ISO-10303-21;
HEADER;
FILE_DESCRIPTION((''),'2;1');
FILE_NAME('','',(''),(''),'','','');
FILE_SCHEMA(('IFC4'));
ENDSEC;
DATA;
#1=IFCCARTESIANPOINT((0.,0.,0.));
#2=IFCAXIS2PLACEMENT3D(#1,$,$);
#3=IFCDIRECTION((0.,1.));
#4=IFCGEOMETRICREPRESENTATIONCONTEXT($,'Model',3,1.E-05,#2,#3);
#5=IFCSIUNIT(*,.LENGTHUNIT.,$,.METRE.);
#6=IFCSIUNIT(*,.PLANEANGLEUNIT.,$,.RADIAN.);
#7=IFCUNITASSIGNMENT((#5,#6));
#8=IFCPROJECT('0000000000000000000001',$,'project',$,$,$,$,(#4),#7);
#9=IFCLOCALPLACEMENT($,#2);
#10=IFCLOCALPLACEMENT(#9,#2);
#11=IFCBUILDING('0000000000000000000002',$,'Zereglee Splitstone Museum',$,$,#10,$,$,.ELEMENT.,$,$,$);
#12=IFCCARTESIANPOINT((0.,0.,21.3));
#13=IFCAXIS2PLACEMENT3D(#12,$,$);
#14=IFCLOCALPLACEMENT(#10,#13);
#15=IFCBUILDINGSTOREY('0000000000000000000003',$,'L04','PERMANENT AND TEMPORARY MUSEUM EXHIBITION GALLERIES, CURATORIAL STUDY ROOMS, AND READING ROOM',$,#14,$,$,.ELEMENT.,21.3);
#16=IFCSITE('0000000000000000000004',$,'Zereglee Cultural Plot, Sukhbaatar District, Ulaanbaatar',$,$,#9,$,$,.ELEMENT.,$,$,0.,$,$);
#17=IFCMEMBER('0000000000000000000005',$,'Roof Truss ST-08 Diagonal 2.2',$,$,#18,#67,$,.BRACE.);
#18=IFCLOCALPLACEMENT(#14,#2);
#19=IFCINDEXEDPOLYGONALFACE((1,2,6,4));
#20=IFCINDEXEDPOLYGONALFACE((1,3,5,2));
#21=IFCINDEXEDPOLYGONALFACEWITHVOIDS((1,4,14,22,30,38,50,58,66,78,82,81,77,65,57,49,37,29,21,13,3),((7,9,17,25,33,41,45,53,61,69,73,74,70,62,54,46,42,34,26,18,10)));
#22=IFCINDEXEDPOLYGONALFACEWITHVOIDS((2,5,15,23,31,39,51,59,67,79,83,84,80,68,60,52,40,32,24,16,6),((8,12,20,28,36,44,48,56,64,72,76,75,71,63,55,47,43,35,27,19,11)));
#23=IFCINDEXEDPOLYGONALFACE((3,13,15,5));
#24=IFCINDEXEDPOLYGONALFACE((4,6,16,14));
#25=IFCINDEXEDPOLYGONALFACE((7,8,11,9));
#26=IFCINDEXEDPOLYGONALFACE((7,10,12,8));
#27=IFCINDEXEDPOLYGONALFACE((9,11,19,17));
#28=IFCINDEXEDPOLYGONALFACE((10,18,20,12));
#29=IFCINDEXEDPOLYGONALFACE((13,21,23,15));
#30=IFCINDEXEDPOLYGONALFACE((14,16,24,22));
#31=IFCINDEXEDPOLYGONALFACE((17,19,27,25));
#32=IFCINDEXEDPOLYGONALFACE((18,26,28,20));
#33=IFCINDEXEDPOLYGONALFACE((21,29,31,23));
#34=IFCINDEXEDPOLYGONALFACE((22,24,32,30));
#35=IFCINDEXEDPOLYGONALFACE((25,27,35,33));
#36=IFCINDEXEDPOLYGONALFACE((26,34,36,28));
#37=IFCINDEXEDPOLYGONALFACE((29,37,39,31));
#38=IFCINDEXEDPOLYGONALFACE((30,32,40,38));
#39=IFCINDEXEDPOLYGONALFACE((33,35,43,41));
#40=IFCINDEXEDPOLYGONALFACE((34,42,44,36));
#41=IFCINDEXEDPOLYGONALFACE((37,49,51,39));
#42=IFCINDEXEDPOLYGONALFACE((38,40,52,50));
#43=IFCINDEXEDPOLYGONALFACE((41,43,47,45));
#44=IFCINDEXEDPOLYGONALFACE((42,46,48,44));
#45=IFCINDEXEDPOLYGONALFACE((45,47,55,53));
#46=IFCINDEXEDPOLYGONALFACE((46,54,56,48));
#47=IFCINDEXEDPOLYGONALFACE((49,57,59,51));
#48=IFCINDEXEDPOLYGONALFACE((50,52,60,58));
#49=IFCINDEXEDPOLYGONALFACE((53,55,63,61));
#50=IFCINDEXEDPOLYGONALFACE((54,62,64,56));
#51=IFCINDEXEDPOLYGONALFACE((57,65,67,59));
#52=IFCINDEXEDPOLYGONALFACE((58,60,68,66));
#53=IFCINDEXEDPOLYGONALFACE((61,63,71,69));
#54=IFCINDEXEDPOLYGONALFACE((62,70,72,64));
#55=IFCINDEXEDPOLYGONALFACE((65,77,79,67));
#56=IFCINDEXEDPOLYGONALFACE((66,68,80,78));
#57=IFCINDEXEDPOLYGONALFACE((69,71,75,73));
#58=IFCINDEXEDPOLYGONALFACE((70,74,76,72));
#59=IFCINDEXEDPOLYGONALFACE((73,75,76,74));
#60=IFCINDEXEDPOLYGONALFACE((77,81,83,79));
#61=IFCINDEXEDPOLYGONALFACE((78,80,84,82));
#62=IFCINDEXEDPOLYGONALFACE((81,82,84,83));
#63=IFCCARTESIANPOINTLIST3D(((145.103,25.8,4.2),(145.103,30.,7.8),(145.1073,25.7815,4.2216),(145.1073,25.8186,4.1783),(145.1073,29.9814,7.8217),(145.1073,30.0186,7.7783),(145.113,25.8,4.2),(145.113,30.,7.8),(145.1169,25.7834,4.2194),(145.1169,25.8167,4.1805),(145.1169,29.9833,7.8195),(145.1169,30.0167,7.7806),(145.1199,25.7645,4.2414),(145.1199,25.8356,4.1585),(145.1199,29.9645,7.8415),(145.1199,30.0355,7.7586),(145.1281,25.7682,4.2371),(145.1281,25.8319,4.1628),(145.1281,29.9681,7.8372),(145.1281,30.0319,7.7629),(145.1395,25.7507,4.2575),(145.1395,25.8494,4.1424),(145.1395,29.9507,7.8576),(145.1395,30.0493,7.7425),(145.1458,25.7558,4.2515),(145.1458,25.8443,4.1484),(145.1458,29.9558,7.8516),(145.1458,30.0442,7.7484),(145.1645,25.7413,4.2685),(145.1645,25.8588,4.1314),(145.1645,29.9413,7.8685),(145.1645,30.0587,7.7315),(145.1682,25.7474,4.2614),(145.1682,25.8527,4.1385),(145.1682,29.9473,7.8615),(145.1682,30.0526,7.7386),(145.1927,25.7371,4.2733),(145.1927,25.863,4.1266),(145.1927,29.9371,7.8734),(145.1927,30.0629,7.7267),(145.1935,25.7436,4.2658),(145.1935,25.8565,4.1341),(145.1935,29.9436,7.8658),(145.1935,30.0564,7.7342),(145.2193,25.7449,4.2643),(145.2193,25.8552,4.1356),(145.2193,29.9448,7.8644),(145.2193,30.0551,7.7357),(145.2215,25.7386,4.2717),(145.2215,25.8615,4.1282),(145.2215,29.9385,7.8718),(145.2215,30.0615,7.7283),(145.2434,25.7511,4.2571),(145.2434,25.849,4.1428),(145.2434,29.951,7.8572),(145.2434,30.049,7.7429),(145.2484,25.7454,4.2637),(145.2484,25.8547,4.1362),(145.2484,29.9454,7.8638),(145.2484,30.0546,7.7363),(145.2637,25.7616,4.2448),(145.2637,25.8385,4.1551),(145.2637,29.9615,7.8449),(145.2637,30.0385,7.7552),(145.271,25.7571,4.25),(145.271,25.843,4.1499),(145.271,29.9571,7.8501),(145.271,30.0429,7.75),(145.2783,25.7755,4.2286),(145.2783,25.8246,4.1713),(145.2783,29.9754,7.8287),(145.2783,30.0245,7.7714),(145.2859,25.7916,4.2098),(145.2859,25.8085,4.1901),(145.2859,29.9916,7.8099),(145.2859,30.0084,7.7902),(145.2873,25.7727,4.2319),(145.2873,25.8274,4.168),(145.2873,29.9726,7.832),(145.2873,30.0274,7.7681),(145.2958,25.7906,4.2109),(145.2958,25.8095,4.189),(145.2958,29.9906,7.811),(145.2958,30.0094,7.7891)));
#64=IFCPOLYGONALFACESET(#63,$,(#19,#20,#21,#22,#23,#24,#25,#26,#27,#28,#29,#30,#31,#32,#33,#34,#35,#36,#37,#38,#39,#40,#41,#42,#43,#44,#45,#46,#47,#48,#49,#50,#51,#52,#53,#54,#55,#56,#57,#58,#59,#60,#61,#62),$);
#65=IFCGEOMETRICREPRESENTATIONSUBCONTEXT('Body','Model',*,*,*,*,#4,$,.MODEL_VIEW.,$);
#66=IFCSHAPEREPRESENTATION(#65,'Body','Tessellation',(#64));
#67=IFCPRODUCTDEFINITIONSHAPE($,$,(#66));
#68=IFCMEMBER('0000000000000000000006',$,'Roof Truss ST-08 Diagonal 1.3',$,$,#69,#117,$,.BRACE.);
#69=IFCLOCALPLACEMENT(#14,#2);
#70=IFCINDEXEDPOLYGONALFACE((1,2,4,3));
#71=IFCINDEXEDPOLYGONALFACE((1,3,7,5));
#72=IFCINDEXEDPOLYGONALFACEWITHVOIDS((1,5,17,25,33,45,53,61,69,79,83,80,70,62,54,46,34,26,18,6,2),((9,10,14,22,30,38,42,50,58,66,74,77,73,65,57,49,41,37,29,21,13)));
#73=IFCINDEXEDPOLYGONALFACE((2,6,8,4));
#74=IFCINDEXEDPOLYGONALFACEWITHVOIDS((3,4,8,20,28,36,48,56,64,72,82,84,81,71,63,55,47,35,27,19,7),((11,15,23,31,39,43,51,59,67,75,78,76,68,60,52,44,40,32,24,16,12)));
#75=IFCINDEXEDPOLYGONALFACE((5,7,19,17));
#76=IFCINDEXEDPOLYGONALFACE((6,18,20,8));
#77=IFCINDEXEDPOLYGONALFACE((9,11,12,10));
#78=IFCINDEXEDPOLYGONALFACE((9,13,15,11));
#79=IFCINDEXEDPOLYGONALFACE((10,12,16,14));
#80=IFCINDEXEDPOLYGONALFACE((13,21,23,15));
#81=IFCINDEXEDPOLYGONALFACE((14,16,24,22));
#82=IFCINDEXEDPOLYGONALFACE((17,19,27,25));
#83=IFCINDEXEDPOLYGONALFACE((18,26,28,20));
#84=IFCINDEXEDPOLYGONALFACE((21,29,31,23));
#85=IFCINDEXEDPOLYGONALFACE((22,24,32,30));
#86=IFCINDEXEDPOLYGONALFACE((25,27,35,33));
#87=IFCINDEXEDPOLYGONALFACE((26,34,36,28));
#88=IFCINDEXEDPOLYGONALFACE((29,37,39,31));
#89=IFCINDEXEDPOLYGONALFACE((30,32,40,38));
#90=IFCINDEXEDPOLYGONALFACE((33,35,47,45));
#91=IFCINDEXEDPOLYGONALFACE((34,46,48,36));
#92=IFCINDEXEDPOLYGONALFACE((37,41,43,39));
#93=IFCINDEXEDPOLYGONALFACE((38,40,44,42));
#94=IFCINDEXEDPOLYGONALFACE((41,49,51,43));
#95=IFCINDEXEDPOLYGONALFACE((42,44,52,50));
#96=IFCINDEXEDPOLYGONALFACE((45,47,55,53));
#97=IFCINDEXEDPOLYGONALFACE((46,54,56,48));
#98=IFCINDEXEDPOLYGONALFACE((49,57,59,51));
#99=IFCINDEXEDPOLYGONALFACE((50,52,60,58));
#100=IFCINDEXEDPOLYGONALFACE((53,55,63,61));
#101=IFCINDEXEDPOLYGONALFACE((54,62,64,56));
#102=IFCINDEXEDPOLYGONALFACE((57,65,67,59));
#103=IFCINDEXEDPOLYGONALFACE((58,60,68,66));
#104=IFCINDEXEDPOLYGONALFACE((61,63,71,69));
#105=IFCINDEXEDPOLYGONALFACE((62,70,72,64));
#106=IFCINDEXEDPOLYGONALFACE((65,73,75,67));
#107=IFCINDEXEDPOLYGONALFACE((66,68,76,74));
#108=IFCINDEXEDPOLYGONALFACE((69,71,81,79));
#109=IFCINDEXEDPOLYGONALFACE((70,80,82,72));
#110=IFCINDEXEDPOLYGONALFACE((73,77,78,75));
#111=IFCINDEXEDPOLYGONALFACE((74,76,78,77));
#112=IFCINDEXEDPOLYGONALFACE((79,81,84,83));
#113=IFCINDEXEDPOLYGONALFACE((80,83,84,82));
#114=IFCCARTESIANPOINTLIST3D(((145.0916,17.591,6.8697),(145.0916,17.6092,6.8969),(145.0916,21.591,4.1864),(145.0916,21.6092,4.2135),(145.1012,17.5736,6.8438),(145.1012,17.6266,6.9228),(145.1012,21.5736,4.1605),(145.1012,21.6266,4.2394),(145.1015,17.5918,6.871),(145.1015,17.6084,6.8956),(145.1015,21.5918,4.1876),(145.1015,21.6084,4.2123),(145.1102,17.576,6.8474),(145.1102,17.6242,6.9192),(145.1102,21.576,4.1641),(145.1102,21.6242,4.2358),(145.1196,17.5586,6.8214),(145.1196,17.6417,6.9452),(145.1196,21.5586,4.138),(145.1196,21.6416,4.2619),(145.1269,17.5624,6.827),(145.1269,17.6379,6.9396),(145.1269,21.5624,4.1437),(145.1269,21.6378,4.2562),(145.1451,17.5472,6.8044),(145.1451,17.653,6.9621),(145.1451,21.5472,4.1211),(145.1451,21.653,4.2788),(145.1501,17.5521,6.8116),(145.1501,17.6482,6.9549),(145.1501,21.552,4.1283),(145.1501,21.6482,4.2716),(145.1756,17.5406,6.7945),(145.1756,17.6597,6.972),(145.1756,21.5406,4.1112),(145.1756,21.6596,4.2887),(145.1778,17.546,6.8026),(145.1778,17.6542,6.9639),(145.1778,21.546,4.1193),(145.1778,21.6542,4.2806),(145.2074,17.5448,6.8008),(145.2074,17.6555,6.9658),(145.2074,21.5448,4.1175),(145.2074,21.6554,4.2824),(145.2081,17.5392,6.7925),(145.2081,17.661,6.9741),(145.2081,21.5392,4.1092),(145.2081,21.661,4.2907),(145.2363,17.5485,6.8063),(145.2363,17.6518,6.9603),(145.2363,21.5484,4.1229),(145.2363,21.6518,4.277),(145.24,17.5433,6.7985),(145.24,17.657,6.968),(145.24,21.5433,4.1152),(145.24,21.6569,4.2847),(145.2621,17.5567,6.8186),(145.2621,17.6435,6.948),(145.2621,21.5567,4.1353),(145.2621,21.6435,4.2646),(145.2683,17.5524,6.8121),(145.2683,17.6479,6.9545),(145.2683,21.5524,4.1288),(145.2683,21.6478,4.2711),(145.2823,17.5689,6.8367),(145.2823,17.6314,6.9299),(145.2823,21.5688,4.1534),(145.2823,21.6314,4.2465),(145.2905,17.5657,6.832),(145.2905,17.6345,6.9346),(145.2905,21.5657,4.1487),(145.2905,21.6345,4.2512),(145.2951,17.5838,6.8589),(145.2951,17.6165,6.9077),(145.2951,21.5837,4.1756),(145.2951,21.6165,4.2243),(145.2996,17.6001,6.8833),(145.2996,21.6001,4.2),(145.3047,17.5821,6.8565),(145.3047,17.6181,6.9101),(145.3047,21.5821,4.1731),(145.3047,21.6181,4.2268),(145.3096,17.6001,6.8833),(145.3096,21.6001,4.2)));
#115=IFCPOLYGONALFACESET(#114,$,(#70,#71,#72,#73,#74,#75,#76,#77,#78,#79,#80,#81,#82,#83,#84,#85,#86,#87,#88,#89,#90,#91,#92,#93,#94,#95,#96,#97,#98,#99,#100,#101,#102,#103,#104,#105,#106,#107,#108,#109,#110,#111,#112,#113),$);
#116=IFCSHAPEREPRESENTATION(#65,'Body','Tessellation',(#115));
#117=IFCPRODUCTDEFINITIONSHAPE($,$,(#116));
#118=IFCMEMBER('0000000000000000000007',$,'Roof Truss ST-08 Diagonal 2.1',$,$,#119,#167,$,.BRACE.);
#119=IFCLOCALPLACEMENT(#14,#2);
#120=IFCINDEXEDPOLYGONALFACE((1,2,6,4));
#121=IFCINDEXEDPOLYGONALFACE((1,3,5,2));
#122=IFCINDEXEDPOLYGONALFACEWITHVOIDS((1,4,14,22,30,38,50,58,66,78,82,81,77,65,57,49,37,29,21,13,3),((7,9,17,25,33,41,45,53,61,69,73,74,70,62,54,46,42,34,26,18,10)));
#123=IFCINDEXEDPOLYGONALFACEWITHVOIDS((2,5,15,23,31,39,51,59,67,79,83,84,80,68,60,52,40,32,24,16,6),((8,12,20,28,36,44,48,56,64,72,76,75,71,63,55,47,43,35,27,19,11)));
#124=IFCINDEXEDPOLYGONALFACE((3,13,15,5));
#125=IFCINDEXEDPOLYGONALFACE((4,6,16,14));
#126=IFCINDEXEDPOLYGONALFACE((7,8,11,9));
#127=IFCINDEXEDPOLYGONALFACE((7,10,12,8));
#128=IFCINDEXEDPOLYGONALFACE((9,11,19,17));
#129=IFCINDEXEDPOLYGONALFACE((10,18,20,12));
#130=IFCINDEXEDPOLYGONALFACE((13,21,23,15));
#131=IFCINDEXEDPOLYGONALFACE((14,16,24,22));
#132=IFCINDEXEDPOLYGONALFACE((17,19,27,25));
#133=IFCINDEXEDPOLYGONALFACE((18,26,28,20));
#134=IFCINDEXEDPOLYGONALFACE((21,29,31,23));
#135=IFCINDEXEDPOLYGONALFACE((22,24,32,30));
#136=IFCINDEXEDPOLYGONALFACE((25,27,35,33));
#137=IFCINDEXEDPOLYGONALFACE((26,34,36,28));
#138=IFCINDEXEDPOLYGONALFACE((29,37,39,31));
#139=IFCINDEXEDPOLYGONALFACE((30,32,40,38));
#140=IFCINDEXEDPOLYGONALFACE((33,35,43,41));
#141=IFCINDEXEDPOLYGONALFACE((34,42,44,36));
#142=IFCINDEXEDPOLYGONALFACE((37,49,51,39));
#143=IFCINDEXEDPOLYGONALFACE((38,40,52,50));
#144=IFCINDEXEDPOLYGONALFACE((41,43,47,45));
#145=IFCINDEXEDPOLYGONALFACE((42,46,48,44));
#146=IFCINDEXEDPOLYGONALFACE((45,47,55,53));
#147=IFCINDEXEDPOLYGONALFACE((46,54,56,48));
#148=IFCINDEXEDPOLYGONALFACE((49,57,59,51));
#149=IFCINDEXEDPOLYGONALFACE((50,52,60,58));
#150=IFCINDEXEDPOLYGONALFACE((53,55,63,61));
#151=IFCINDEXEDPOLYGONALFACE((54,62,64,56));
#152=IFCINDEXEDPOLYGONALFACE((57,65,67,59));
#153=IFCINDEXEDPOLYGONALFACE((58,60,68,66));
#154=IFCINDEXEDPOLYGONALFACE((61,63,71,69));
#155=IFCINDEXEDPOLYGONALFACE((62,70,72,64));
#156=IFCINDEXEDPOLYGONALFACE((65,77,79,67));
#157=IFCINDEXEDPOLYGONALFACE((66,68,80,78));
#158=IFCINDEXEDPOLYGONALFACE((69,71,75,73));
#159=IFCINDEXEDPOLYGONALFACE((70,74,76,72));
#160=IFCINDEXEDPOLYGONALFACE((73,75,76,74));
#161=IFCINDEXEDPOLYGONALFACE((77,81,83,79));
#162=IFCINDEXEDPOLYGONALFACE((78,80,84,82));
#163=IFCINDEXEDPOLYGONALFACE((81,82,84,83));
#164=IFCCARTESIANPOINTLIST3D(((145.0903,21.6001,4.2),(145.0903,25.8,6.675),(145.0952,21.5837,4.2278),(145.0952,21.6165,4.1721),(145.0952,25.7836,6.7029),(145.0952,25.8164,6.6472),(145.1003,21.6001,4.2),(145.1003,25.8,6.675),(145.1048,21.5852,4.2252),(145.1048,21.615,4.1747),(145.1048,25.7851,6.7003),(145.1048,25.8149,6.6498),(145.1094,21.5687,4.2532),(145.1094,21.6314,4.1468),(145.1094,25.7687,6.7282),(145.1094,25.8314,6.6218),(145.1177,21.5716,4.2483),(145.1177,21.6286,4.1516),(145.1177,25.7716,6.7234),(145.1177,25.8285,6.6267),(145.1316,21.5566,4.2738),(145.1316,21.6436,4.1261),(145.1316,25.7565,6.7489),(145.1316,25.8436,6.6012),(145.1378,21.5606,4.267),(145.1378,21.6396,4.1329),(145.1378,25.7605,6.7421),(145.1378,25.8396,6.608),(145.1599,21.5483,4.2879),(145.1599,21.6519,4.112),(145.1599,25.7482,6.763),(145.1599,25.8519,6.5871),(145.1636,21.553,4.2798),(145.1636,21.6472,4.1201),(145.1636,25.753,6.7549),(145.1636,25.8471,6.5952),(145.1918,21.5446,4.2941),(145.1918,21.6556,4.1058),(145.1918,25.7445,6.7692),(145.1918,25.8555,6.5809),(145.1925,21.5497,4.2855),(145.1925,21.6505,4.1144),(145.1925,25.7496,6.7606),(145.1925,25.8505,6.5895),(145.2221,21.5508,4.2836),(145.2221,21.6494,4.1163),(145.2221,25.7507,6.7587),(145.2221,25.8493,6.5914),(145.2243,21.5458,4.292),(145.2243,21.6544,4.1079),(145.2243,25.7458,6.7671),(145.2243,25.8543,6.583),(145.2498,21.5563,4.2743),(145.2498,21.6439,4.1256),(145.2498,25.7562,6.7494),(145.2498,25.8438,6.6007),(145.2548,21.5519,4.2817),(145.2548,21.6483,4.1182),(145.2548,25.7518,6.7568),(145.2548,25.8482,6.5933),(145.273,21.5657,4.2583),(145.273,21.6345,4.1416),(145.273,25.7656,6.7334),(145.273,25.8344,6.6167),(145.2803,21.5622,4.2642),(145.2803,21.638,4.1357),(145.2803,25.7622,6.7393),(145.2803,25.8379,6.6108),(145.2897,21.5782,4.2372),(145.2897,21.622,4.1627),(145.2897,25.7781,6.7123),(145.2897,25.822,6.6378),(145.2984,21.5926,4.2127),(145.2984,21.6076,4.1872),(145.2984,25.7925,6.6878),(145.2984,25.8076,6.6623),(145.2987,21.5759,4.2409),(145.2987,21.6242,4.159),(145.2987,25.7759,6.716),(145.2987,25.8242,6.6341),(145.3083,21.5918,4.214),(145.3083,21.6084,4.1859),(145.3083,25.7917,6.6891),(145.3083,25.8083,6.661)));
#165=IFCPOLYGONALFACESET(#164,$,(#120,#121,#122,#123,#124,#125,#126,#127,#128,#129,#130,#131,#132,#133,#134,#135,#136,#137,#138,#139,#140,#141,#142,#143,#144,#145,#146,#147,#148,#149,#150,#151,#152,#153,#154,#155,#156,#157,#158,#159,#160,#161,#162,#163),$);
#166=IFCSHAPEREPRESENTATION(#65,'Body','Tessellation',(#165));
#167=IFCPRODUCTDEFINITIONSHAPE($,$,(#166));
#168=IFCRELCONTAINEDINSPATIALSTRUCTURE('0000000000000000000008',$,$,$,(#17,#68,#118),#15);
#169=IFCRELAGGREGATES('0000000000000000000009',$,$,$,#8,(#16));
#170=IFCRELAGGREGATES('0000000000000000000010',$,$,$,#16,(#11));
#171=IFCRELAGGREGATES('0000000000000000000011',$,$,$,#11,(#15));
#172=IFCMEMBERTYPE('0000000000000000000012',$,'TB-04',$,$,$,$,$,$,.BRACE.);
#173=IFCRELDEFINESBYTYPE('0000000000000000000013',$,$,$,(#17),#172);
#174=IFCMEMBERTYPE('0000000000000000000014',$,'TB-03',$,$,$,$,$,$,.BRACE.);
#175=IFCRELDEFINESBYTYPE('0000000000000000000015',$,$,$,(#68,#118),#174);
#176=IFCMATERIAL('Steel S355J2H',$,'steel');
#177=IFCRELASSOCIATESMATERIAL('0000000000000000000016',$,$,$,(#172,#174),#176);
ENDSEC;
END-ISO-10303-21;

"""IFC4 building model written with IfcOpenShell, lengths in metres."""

from ifc_helpers import new_model, si_unit, direction, frame, origin, origin_2d, place, context, subcontext, project, spatial, hollow_circle, extrude, material, material_profile, profile_set, type_object, element, save


model = new_model("IFC4")

# Units and contexts
model_context = context("Model", 3, precision=1e-05, world=origin(), true_north=direction((0.0, 1.0)))
body_context = subcontext(model_context, "Body", "Model", "MODEL_VIEW")
ifc_project = project(units=[si_unit("LENGTHUNIT", "METRE"), si_unit("PLANEANGLEUNIT", "RADIAN")], contexts=[model_context])

# Site, building, storey
site_placement = place(None, origin())
site = spatial("IfcSite", under=ifc_project, at=site_placement, Name="Zereglee Cultural Plot, Sukhbaatar District, Ulaanbaatar", CompositionType="ELEMENT", RefElevation=0.0)
building_placement = place(site_placement, origin())
building = spatial("IfcBuilding", under=site, at=building_placement, Name="Zereglee Splitstone Museum", CompositionType="ELEMENT")
storey_placement = place(building_placement, frame((0.0, 0.0, 21.3)))
storey = spatial("IfcBuildingStorey", under=building, at=storey_placement, Name="L04", Description="PERMANENT AND TEMPORARY MUSEUM EXHIBITION GALLERIES, CURATORIAL STUDY ROOMS, AND READING ROOM", CompositionType="ELEMENT", Elevation=21.3)

# Shared definitions
ifc_material_1 = material(Name="Steel S355J2H", Category="steel")

# Members
ifc_material_profile_1 = material_profile(ifc_material_1, hollow_circle(Radius=0.0969, WallThickness=0.01, at=origin_2d()), Name="CHS 193.7x10")
ifc_profile_set_1 = profile_set([ifc_material_profile_1], Name="Steel S355J2H")
member_type_1 = type_object("IfcMemberType", Name="TB-04", PredefinedType="BRACE", material=ifc_profile_set_1)
member_1_placement = place(storey_placement, frame((145.2, 25.8, 4.2), z_axis=(0.0, 0.759244, 0.650806), x_axis=(-1.0, 0.0, 0.0)))
element("IfcMember", 1, at=member_1_placement, inside=storey, type_object=member_type_1, Name="Roof Truss ST-08 Diagonal 2.2", PredefinedType="BRACE", context=body_context, shape_type="SweptSolid", body=[
    extrude(hollow_circle(Radius=0.0969, WallThickness=0.01, at=origin_2d()), origin(), (0.0, 0.0, 1.0), 5.5317),
])
ifc_material_profile_2 = material_profile(ifc_material_1, hollow_circle(Radius=0.1096, WallThickness=0.01, at=origin_2d()), Name="CHS 219.1x10")
ifc_profile_set_2 = profile_set([ifc_material_profile_2], Name="Steel S355J2H")
member_type_2 = type_object("IfcMemberType", Name="TB-03", PredefinedType="BRACE", material=ifc_profile_set_2)
member_2_placement = place(storey_placement, frame((145.2, 21.6001, 4.2), z_axis=(0.0, -0.830448, 0.557096), x_axis=(1.0, 0.0, 0.0)))
element("IfcMember", 2, at=member_2_placement, inside=storey, type_object=member_type_2, Name="Roof Truss ST-08 Diagonal 1.3", PredefinedType="BRACE", context=body_context, shape_type="SweptSolid", body=[
    extrude(hollow_circle(Radius=0.1096, WallThickness=0.01, at=origin_2d()), origin(), (0.0, 0.0, 1.0), 4.8167),
])
member_3_placement = place(storey_placement, frame((145.2, 21.6001, 4.2), z_axis=(0.0, 0.861527, 0.507712), x_axis=(-1.0, 0.0, 0.0)))
element("IfcMember", 3, at=member_3_placement, inside=storey, type_object=member_type_2, Name="Roof Truss ST-08 Diagonal 2.1", PredefinedType="BRACE", context=body_context, shape_type="SweptSolid", body=[
    extrude(hollow_circle(Radius=0.1096, WallThickness=0.01, at=origin_2d()), origin(), (0.0, 0.0, 1.0), 4.875),
])

save(model, "model.ifc")
